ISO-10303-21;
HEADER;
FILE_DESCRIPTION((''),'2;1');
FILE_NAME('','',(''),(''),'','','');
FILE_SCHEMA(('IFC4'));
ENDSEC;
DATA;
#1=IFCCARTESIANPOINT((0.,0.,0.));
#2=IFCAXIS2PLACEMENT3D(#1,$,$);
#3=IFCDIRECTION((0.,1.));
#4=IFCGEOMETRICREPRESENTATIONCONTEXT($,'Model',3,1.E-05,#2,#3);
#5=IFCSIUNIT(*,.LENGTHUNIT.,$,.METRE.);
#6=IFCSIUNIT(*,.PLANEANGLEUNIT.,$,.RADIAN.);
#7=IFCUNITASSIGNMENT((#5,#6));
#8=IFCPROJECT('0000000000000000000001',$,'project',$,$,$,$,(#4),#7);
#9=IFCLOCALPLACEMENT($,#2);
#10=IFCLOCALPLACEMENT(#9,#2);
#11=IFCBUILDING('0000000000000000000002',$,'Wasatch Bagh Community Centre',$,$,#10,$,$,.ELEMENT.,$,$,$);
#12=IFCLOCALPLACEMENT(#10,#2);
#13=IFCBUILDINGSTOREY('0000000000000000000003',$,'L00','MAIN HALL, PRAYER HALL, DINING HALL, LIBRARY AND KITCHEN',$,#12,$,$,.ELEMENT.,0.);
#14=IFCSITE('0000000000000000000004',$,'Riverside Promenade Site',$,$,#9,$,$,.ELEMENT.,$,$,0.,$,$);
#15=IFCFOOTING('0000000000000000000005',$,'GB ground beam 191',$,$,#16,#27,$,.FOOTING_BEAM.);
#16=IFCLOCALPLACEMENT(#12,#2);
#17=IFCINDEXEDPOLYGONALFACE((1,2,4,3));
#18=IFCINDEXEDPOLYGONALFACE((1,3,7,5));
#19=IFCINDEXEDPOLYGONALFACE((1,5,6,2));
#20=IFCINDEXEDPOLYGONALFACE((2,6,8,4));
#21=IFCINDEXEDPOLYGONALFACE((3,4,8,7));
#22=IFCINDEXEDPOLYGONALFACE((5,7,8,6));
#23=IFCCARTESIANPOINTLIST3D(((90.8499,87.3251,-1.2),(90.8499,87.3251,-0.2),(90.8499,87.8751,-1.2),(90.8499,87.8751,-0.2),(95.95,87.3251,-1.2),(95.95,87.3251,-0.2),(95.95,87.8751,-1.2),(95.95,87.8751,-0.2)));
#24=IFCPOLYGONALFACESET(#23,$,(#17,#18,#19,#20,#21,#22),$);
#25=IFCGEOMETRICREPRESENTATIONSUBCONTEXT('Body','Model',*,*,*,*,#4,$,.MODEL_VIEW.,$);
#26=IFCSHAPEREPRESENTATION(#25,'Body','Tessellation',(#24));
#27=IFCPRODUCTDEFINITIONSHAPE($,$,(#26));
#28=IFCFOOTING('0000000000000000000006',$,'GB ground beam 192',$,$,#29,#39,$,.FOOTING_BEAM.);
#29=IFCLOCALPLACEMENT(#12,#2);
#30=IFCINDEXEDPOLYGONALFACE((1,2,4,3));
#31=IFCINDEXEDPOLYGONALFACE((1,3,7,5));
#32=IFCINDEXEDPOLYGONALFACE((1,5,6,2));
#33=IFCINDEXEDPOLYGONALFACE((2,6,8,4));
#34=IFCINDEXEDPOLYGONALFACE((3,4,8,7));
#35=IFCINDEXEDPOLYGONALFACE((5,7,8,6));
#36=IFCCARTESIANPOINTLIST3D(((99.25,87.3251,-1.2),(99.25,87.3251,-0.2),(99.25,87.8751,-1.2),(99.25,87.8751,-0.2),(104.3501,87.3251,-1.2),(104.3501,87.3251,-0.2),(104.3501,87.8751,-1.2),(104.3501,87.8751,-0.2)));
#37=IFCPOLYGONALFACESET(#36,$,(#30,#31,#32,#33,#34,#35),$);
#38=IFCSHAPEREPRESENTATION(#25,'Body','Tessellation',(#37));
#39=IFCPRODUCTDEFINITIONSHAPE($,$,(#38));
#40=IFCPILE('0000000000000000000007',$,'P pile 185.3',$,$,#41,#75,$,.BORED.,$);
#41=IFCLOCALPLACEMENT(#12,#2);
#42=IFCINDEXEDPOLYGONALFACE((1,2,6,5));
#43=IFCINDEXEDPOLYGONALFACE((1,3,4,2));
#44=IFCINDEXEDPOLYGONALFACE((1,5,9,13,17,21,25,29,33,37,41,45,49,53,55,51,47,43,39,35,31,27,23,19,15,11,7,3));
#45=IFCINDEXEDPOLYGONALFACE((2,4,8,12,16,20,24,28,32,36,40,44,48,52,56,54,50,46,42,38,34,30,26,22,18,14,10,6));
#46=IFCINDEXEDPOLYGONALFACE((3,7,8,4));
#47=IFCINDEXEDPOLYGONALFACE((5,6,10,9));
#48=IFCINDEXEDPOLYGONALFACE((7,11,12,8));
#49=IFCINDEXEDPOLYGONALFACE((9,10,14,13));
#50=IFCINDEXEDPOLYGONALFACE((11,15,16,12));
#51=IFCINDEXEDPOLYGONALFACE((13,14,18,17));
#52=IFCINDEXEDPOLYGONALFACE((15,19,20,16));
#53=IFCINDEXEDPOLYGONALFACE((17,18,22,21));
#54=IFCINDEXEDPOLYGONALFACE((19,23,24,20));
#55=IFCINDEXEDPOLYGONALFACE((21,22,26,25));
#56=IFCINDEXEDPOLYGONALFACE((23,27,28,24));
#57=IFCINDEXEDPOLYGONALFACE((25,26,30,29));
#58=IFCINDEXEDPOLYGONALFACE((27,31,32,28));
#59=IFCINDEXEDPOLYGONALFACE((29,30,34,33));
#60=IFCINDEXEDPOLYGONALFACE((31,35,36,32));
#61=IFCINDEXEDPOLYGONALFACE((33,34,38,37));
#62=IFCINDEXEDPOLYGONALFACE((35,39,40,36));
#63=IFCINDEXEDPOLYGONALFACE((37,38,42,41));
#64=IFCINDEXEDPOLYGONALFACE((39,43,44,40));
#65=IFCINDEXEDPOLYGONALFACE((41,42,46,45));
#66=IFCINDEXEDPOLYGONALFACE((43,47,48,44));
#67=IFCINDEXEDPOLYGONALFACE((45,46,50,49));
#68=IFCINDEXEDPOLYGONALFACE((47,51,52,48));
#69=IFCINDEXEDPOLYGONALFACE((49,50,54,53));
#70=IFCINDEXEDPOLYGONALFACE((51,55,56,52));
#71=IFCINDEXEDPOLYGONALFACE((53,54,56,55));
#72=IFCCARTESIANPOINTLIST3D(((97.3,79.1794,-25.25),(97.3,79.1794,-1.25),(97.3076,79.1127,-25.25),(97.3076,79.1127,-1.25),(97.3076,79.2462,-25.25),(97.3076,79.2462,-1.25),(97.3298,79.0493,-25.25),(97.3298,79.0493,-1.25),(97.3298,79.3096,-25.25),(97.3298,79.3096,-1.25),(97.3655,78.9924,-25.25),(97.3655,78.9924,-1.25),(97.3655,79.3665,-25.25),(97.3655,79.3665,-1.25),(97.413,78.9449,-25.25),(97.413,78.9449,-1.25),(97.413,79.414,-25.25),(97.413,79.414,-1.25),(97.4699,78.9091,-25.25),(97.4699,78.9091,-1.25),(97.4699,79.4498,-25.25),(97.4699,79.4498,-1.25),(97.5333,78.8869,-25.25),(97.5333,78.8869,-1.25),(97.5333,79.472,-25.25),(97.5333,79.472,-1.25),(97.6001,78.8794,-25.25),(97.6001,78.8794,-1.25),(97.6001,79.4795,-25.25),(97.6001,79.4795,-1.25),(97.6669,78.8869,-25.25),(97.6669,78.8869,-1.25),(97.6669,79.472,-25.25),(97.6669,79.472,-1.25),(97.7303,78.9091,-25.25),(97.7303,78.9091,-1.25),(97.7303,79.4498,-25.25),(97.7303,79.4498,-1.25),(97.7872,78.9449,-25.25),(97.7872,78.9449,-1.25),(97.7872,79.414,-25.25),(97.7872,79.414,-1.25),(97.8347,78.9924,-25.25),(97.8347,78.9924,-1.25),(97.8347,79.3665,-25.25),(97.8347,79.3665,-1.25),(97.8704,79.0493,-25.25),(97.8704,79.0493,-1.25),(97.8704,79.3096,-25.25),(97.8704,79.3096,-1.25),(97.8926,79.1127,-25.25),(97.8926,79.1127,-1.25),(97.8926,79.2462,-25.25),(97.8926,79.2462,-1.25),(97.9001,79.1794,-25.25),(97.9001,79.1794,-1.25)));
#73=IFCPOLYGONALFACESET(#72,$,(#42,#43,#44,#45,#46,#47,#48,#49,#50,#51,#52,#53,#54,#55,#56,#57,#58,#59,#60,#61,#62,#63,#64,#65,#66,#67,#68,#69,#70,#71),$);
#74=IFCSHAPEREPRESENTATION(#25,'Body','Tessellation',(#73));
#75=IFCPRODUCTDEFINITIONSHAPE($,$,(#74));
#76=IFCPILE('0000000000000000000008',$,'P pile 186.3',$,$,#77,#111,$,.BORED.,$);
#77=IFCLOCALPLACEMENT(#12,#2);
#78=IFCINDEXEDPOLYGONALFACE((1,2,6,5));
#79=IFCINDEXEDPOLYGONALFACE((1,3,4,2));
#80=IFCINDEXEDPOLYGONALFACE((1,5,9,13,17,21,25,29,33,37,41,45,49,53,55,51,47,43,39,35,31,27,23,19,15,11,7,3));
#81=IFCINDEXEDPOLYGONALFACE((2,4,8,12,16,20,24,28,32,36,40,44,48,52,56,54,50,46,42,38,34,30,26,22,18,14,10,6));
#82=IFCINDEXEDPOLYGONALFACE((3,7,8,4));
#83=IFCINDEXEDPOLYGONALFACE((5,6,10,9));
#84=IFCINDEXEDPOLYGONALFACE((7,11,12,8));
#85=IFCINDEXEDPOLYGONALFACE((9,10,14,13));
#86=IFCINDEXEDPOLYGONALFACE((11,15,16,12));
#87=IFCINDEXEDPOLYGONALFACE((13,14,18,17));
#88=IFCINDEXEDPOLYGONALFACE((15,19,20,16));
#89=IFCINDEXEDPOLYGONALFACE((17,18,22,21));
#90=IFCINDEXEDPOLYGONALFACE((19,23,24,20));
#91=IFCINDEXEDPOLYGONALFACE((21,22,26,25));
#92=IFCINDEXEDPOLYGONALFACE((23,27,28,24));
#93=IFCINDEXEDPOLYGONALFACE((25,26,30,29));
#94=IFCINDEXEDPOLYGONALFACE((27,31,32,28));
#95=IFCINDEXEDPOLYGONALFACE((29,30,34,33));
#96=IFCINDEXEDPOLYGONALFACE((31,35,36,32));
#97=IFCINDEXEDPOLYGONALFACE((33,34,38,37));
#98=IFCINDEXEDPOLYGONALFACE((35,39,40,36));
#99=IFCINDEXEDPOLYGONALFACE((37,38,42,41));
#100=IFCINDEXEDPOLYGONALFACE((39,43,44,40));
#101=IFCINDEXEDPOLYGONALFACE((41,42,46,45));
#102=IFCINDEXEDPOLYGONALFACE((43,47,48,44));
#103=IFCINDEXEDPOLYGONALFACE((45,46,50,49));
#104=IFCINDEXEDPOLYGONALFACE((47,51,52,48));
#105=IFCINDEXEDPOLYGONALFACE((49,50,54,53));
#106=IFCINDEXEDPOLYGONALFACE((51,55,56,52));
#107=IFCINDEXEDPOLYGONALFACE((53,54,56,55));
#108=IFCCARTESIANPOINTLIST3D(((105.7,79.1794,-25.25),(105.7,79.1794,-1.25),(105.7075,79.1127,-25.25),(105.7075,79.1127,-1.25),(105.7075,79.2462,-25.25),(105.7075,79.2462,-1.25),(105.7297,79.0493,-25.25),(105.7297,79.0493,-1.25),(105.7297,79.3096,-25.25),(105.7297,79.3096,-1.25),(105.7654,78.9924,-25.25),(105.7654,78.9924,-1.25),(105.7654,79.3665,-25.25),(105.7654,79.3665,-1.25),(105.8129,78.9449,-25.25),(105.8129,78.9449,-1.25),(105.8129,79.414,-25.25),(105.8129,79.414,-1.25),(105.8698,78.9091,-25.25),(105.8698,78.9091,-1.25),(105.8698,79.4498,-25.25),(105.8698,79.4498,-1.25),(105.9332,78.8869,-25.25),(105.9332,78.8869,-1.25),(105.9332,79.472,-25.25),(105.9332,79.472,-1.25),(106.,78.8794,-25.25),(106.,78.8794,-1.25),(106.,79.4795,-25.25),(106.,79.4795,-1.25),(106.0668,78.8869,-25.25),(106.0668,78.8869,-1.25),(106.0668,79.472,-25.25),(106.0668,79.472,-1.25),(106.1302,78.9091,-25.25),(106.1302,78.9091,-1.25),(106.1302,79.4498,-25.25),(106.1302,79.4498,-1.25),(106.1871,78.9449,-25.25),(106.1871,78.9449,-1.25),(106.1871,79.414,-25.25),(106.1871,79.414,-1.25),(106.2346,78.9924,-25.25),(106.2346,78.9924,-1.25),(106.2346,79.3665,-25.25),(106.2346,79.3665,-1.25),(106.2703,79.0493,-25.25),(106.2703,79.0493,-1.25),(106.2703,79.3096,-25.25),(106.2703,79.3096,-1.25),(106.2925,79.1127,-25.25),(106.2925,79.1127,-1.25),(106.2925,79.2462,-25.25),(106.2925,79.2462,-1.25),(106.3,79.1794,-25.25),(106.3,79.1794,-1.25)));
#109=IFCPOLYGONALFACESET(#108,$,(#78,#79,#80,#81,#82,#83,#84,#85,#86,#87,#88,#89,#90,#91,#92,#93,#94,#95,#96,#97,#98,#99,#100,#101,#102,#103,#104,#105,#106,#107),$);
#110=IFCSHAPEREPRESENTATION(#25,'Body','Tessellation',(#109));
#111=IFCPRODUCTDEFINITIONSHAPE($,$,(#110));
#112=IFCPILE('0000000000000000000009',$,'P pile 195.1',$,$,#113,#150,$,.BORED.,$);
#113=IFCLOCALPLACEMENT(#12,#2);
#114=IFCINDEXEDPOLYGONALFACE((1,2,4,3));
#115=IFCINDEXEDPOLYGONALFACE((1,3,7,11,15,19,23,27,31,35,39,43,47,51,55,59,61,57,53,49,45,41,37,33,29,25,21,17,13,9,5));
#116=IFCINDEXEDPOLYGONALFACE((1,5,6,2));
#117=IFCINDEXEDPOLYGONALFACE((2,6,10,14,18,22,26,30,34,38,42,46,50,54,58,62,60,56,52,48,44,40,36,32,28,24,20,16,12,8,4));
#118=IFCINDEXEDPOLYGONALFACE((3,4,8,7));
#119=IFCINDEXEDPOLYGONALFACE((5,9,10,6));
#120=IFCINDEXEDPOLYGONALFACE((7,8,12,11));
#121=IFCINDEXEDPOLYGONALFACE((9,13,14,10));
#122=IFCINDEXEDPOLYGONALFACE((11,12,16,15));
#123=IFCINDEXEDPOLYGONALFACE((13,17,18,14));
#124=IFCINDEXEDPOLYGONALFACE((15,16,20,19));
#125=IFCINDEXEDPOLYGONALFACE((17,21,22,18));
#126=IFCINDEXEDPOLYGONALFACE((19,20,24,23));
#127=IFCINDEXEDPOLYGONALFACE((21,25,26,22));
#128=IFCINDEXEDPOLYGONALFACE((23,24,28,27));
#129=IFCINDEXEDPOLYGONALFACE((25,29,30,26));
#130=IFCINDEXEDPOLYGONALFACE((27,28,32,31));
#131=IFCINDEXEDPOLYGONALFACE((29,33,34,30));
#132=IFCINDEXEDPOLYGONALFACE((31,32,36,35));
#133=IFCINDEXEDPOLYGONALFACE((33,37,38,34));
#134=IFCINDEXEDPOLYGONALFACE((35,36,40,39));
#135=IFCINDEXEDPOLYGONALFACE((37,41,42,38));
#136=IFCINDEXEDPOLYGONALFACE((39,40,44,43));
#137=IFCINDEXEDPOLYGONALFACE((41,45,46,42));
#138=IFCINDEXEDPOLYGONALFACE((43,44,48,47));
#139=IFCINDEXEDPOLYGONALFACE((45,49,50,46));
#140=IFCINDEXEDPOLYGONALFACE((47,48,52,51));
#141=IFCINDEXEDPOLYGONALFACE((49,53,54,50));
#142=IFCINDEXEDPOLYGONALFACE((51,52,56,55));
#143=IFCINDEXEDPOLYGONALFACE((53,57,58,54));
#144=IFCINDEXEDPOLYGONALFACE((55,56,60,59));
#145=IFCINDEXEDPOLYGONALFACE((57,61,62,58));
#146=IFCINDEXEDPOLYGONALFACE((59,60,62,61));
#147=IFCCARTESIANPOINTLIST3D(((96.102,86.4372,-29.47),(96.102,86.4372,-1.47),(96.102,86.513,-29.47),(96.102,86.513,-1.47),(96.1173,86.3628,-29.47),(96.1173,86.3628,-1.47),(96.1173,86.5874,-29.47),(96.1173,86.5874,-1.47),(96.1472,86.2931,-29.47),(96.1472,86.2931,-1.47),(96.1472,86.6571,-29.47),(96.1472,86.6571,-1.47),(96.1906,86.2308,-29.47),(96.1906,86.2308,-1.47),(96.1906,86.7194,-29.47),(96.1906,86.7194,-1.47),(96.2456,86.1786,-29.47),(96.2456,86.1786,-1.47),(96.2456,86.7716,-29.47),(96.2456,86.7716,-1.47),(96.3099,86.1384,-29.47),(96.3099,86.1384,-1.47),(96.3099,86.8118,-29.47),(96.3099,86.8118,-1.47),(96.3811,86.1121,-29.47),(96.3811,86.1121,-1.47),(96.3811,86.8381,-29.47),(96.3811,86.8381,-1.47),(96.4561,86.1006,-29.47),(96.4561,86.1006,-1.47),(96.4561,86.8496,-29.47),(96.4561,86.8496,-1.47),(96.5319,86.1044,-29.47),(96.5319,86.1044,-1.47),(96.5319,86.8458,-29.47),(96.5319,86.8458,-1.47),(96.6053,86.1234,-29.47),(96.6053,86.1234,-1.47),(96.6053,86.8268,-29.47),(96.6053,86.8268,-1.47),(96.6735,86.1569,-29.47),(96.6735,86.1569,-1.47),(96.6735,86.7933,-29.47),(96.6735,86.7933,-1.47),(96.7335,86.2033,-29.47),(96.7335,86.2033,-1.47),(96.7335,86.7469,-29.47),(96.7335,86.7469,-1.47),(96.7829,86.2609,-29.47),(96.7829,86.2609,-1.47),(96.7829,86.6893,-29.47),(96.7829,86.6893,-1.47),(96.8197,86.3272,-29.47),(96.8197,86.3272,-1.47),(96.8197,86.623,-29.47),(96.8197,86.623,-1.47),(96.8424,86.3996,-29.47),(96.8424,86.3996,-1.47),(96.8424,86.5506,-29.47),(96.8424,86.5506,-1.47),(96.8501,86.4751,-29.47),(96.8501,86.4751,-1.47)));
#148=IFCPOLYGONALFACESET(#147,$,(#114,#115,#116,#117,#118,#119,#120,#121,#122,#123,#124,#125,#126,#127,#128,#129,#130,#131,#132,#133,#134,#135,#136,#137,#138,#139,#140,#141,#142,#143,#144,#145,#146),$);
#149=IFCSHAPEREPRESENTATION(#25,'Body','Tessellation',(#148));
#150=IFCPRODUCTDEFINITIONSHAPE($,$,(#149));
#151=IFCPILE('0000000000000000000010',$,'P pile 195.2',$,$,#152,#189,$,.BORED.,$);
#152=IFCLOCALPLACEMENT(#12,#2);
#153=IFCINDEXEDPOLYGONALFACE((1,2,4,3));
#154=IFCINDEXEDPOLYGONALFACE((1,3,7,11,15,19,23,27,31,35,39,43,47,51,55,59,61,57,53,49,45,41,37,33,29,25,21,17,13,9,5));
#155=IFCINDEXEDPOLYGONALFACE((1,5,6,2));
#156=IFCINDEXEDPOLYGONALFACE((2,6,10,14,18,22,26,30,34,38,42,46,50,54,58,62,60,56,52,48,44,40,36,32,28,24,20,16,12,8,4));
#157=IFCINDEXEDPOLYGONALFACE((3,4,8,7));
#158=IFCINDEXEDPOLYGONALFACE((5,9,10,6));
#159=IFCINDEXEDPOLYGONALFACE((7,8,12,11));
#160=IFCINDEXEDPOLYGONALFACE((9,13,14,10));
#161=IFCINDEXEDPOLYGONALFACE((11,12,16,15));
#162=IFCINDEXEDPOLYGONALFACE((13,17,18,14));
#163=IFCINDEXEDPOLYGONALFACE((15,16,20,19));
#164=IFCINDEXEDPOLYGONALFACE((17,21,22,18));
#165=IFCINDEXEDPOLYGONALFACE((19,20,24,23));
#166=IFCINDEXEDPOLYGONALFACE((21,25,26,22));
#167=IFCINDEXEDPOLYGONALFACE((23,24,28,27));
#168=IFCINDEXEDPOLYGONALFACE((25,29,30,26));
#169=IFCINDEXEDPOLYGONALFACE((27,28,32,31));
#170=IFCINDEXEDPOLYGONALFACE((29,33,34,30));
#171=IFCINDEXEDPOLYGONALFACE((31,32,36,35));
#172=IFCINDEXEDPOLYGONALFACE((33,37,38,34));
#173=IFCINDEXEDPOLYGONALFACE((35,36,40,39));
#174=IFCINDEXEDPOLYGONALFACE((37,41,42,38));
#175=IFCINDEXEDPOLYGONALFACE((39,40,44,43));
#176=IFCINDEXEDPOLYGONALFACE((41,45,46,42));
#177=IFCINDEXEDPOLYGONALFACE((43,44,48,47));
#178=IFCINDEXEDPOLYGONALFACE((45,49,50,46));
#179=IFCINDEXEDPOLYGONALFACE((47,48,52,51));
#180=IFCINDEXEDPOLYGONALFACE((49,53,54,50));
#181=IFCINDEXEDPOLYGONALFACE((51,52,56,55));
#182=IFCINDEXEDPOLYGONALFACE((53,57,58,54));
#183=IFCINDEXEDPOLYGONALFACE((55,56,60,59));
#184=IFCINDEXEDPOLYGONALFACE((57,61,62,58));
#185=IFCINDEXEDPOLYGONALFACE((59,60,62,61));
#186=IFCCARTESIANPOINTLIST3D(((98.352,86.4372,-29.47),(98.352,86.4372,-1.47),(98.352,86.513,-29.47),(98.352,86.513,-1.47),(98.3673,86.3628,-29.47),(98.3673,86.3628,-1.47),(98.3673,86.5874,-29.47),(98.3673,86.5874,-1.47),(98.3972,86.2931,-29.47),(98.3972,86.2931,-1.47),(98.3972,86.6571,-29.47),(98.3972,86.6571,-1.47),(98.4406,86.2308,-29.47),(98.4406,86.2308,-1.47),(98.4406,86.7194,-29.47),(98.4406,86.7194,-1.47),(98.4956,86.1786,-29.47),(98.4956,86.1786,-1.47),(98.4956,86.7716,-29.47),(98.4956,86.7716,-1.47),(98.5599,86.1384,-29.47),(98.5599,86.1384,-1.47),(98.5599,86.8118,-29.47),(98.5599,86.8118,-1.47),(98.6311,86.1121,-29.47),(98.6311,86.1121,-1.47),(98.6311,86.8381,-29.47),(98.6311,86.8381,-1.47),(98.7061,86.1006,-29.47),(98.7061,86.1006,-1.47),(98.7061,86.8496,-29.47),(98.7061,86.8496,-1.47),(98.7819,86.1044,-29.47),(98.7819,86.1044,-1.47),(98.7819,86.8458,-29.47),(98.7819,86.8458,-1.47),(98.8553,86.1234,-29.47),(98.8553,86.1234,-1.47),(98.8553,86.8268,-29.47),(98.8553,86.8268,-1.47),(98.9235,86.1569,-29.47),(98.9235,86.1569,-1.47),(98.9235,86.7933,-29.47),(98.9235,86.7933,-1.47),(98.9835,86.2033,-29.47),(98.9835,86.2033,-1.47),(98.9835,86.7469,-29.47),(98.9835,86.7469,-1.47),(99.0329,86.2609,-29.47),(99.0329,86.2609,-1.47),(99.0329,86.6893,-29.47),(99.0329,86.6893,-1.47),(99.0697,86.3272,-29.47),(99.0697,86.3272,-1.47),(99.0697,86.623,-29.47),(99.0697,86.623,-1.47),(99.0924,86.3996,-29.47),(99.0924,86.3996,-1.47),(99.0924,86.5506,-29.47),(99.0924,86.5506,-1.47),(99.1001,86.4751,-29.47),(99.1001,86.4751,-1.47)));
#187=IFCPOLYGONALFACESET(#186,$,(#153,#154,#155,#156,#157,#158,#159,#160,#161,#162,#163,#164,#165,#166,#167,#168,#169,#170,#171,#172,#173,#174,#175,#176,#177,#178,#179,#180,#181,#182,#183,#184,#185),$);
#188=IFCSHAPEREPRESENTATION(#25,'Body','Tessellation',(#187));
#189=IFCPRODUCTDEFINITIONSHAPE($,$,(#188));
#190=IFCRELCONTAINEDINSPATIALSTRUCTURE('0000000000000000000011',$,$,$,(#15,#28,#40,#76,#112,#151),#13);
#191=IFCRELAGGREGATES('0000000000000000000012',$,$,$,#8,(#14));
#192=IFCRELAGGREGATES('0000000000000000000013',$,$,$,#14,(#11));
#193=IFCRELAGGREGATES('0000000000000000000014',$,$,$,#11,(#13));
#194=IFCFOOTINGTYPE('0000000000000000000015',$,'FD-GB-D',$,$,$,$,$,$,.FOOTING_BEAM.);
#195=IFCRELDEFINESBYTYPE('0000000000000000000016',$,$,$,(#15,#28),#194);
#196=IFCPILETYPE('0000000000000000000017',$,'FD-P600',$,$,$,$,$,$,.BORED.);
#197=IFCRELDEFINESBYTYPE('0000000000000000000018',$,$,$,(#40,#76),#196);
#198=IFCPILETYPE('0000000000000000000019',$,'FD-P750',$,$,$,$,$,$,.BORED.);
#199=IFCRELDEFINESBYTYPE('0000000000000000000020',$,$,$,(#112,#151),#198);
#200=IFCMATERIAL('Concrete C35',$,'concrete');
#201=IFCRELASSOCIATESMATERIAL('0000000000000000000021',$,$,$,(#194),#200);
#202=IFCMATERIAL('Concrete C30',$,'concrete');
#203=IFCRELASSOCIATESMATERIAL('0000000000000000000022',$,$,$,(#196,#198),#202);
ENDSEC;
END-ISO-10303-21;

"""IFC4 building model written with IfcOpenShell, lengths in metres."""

from ifc_helpers import new_model, si_unit, direction, frame, origin, origin_2d, place, context, subcontext, project, spatial, rectangle, circle, extrude, material, material_profile, profile_set, type_object, element, save


model = new_model("IFC4")

# Units and contexts
model_context = context("Model", 3, precision=1e-05, world=origin(), true_north=direction((0.0, 1.0)))
body_context = subcontext(model_context, "Body", "Model", "MODEL_VIEW")
ifc_project = project(units=[si_unit("LENGTHUNIT", "METRE"), si_unit("PLANEANGLEUNIT", "RADIAN")], contexts=[model_context])

# Site, building, storey
site_placement = place(None, origin())
site = spatial("IfcSite", under=ifc_project, at=site_placement, Name="Riverside Promenade Site", CompositionType="ELEMENT", RefElevation=0.0)
building_placement = place(site_placement, origin())
building = spatial("IfcBuilding", under=site, at=building_placement, Name="Wasatch Bagh Community Centre", CompositionType="ELEMENT")
storey_placement = place(building_placement, origin())
storey = spatial("IfcBuildingStorey", under=building, at=storey_placement, Name="L00", Description="MAIN HALL, PRAYER HALL, DINING HALL, LIBRARY AND KITCHEN", CompositionType="ELEMENT", Elevation=0.0)

# Footings
ifc_material_1 = material(Name="Concrete C35", Category="concrete")
footing_type_1 = type_object("IfcFootingType", Name="FD-GB-D", PredefinedType="FOOTING_BEAM", material=ifc_material_1)
for number, where, z_axis, x_axis, name in (
    (1, (93.3999, 87.6001, -1.2), (0.0, 0.0, 1.0), (1.0, 0.0, 0.0), "GB ground beam 191"),
    (2, (101.8, 87.6001, -1.2), (0.0, 0.0, 1.0), (1.0, 0.0, 0.0), "GB ground beam 192"),
):
    element("IfcFooting", number, at=place(storey_placement, frame(where, z_axis=z_axis, x_axis=x_axis)), inside=storey, type_object=footing_type_1, Name=name, PredefinedType="FOOTING_BEAM", context=body_context, shape_type="SweptSolid", body=[
        extrude(rectangle(XDim=5.1001, YDim=0.55, at=origin_2d()), origin(), (0.0, 0.0, 1.0), 1.0),
    ])

# Piles
ifc_material_2 = material(Name="Concrete C30", Category="concrete")
ifc_material_profile_1 = material_profile(ifc_material_2, circle(Radius=0.3, at=origin_2d()), Name="RC D600")
ifc_profile_set_1 = profile_set([ifc_material_profile_1], Name="Concrete C30")
pile_type_1 = type_object("IfcPileType", Name="FD-P600", PredefinedType="BORED", material=ifc_profile_set_1)
for number, where, z_axis, x_axis, name in (
    (3, (97.6001, 79.1794, -1.25), (0.0, 0.0, -1.0), (1.0, 0.0, 0.0), "P pile 185.3"),
    (4, (106.0, 79.1794, -1.25), (0.0, 0.0, -1.0), (1.0, 0.0, 0.0), "P pile 186.3"),
):
    element("IfcPile", number, at=place(storey_placement, frame(where, z_axis=z_axis, x_axis=x_axis)), inside=storey, type_object=pile_type_1, Name=name, PredefinedType="BORED", context=body_context, shape_type="SweptSolid", body=[
        extrude(circle(Radius=0.3, at=origin_2d()), origin(), (0.0, 0.0, 1.0), 24.0),
    ])
ifc_material_profile_2 = material_profile(ifc_material_2, circle(Radius=0.375, at=origin_2d()), Name="RC D750")
ifc_profile_set_2 = profile_set([ifc_material_profile_2], Name="Concrete C30")
pile_type_2 = type_object("IfcPileType", Name="FD-P750", PredefinedType="BORED", material=ifc_profile_set_2)
for number, where, z_axis, x_axis, name in (
    (5, (96.4751, 86.4751, -1.47), (0.0, 0.0, -1.0), (1.0, 0.0, 0.0), "P pile 195.1"),
    (6, (98.7251, 86.4751, -1.47), (0.0, 0.0, -1.0), (1.0, 0.0, 0.0), "P pile 195.2"),
):
    element("IfcPile", number, at=place(storey_placement, frame(where, z_axis=z_axis, x_axis=x_axis)), inside=storey, type_object=pile_type_2, Name=name, PredefinedType="BORED", context=body_context, shape_type="SweptSolid", body=[
        extrude(circle(Radius=0.375, at=origin_2d()), origin(), (0.0, 0.0, 1.0), 28.0),
    ])

save(model, "model.ifc")
